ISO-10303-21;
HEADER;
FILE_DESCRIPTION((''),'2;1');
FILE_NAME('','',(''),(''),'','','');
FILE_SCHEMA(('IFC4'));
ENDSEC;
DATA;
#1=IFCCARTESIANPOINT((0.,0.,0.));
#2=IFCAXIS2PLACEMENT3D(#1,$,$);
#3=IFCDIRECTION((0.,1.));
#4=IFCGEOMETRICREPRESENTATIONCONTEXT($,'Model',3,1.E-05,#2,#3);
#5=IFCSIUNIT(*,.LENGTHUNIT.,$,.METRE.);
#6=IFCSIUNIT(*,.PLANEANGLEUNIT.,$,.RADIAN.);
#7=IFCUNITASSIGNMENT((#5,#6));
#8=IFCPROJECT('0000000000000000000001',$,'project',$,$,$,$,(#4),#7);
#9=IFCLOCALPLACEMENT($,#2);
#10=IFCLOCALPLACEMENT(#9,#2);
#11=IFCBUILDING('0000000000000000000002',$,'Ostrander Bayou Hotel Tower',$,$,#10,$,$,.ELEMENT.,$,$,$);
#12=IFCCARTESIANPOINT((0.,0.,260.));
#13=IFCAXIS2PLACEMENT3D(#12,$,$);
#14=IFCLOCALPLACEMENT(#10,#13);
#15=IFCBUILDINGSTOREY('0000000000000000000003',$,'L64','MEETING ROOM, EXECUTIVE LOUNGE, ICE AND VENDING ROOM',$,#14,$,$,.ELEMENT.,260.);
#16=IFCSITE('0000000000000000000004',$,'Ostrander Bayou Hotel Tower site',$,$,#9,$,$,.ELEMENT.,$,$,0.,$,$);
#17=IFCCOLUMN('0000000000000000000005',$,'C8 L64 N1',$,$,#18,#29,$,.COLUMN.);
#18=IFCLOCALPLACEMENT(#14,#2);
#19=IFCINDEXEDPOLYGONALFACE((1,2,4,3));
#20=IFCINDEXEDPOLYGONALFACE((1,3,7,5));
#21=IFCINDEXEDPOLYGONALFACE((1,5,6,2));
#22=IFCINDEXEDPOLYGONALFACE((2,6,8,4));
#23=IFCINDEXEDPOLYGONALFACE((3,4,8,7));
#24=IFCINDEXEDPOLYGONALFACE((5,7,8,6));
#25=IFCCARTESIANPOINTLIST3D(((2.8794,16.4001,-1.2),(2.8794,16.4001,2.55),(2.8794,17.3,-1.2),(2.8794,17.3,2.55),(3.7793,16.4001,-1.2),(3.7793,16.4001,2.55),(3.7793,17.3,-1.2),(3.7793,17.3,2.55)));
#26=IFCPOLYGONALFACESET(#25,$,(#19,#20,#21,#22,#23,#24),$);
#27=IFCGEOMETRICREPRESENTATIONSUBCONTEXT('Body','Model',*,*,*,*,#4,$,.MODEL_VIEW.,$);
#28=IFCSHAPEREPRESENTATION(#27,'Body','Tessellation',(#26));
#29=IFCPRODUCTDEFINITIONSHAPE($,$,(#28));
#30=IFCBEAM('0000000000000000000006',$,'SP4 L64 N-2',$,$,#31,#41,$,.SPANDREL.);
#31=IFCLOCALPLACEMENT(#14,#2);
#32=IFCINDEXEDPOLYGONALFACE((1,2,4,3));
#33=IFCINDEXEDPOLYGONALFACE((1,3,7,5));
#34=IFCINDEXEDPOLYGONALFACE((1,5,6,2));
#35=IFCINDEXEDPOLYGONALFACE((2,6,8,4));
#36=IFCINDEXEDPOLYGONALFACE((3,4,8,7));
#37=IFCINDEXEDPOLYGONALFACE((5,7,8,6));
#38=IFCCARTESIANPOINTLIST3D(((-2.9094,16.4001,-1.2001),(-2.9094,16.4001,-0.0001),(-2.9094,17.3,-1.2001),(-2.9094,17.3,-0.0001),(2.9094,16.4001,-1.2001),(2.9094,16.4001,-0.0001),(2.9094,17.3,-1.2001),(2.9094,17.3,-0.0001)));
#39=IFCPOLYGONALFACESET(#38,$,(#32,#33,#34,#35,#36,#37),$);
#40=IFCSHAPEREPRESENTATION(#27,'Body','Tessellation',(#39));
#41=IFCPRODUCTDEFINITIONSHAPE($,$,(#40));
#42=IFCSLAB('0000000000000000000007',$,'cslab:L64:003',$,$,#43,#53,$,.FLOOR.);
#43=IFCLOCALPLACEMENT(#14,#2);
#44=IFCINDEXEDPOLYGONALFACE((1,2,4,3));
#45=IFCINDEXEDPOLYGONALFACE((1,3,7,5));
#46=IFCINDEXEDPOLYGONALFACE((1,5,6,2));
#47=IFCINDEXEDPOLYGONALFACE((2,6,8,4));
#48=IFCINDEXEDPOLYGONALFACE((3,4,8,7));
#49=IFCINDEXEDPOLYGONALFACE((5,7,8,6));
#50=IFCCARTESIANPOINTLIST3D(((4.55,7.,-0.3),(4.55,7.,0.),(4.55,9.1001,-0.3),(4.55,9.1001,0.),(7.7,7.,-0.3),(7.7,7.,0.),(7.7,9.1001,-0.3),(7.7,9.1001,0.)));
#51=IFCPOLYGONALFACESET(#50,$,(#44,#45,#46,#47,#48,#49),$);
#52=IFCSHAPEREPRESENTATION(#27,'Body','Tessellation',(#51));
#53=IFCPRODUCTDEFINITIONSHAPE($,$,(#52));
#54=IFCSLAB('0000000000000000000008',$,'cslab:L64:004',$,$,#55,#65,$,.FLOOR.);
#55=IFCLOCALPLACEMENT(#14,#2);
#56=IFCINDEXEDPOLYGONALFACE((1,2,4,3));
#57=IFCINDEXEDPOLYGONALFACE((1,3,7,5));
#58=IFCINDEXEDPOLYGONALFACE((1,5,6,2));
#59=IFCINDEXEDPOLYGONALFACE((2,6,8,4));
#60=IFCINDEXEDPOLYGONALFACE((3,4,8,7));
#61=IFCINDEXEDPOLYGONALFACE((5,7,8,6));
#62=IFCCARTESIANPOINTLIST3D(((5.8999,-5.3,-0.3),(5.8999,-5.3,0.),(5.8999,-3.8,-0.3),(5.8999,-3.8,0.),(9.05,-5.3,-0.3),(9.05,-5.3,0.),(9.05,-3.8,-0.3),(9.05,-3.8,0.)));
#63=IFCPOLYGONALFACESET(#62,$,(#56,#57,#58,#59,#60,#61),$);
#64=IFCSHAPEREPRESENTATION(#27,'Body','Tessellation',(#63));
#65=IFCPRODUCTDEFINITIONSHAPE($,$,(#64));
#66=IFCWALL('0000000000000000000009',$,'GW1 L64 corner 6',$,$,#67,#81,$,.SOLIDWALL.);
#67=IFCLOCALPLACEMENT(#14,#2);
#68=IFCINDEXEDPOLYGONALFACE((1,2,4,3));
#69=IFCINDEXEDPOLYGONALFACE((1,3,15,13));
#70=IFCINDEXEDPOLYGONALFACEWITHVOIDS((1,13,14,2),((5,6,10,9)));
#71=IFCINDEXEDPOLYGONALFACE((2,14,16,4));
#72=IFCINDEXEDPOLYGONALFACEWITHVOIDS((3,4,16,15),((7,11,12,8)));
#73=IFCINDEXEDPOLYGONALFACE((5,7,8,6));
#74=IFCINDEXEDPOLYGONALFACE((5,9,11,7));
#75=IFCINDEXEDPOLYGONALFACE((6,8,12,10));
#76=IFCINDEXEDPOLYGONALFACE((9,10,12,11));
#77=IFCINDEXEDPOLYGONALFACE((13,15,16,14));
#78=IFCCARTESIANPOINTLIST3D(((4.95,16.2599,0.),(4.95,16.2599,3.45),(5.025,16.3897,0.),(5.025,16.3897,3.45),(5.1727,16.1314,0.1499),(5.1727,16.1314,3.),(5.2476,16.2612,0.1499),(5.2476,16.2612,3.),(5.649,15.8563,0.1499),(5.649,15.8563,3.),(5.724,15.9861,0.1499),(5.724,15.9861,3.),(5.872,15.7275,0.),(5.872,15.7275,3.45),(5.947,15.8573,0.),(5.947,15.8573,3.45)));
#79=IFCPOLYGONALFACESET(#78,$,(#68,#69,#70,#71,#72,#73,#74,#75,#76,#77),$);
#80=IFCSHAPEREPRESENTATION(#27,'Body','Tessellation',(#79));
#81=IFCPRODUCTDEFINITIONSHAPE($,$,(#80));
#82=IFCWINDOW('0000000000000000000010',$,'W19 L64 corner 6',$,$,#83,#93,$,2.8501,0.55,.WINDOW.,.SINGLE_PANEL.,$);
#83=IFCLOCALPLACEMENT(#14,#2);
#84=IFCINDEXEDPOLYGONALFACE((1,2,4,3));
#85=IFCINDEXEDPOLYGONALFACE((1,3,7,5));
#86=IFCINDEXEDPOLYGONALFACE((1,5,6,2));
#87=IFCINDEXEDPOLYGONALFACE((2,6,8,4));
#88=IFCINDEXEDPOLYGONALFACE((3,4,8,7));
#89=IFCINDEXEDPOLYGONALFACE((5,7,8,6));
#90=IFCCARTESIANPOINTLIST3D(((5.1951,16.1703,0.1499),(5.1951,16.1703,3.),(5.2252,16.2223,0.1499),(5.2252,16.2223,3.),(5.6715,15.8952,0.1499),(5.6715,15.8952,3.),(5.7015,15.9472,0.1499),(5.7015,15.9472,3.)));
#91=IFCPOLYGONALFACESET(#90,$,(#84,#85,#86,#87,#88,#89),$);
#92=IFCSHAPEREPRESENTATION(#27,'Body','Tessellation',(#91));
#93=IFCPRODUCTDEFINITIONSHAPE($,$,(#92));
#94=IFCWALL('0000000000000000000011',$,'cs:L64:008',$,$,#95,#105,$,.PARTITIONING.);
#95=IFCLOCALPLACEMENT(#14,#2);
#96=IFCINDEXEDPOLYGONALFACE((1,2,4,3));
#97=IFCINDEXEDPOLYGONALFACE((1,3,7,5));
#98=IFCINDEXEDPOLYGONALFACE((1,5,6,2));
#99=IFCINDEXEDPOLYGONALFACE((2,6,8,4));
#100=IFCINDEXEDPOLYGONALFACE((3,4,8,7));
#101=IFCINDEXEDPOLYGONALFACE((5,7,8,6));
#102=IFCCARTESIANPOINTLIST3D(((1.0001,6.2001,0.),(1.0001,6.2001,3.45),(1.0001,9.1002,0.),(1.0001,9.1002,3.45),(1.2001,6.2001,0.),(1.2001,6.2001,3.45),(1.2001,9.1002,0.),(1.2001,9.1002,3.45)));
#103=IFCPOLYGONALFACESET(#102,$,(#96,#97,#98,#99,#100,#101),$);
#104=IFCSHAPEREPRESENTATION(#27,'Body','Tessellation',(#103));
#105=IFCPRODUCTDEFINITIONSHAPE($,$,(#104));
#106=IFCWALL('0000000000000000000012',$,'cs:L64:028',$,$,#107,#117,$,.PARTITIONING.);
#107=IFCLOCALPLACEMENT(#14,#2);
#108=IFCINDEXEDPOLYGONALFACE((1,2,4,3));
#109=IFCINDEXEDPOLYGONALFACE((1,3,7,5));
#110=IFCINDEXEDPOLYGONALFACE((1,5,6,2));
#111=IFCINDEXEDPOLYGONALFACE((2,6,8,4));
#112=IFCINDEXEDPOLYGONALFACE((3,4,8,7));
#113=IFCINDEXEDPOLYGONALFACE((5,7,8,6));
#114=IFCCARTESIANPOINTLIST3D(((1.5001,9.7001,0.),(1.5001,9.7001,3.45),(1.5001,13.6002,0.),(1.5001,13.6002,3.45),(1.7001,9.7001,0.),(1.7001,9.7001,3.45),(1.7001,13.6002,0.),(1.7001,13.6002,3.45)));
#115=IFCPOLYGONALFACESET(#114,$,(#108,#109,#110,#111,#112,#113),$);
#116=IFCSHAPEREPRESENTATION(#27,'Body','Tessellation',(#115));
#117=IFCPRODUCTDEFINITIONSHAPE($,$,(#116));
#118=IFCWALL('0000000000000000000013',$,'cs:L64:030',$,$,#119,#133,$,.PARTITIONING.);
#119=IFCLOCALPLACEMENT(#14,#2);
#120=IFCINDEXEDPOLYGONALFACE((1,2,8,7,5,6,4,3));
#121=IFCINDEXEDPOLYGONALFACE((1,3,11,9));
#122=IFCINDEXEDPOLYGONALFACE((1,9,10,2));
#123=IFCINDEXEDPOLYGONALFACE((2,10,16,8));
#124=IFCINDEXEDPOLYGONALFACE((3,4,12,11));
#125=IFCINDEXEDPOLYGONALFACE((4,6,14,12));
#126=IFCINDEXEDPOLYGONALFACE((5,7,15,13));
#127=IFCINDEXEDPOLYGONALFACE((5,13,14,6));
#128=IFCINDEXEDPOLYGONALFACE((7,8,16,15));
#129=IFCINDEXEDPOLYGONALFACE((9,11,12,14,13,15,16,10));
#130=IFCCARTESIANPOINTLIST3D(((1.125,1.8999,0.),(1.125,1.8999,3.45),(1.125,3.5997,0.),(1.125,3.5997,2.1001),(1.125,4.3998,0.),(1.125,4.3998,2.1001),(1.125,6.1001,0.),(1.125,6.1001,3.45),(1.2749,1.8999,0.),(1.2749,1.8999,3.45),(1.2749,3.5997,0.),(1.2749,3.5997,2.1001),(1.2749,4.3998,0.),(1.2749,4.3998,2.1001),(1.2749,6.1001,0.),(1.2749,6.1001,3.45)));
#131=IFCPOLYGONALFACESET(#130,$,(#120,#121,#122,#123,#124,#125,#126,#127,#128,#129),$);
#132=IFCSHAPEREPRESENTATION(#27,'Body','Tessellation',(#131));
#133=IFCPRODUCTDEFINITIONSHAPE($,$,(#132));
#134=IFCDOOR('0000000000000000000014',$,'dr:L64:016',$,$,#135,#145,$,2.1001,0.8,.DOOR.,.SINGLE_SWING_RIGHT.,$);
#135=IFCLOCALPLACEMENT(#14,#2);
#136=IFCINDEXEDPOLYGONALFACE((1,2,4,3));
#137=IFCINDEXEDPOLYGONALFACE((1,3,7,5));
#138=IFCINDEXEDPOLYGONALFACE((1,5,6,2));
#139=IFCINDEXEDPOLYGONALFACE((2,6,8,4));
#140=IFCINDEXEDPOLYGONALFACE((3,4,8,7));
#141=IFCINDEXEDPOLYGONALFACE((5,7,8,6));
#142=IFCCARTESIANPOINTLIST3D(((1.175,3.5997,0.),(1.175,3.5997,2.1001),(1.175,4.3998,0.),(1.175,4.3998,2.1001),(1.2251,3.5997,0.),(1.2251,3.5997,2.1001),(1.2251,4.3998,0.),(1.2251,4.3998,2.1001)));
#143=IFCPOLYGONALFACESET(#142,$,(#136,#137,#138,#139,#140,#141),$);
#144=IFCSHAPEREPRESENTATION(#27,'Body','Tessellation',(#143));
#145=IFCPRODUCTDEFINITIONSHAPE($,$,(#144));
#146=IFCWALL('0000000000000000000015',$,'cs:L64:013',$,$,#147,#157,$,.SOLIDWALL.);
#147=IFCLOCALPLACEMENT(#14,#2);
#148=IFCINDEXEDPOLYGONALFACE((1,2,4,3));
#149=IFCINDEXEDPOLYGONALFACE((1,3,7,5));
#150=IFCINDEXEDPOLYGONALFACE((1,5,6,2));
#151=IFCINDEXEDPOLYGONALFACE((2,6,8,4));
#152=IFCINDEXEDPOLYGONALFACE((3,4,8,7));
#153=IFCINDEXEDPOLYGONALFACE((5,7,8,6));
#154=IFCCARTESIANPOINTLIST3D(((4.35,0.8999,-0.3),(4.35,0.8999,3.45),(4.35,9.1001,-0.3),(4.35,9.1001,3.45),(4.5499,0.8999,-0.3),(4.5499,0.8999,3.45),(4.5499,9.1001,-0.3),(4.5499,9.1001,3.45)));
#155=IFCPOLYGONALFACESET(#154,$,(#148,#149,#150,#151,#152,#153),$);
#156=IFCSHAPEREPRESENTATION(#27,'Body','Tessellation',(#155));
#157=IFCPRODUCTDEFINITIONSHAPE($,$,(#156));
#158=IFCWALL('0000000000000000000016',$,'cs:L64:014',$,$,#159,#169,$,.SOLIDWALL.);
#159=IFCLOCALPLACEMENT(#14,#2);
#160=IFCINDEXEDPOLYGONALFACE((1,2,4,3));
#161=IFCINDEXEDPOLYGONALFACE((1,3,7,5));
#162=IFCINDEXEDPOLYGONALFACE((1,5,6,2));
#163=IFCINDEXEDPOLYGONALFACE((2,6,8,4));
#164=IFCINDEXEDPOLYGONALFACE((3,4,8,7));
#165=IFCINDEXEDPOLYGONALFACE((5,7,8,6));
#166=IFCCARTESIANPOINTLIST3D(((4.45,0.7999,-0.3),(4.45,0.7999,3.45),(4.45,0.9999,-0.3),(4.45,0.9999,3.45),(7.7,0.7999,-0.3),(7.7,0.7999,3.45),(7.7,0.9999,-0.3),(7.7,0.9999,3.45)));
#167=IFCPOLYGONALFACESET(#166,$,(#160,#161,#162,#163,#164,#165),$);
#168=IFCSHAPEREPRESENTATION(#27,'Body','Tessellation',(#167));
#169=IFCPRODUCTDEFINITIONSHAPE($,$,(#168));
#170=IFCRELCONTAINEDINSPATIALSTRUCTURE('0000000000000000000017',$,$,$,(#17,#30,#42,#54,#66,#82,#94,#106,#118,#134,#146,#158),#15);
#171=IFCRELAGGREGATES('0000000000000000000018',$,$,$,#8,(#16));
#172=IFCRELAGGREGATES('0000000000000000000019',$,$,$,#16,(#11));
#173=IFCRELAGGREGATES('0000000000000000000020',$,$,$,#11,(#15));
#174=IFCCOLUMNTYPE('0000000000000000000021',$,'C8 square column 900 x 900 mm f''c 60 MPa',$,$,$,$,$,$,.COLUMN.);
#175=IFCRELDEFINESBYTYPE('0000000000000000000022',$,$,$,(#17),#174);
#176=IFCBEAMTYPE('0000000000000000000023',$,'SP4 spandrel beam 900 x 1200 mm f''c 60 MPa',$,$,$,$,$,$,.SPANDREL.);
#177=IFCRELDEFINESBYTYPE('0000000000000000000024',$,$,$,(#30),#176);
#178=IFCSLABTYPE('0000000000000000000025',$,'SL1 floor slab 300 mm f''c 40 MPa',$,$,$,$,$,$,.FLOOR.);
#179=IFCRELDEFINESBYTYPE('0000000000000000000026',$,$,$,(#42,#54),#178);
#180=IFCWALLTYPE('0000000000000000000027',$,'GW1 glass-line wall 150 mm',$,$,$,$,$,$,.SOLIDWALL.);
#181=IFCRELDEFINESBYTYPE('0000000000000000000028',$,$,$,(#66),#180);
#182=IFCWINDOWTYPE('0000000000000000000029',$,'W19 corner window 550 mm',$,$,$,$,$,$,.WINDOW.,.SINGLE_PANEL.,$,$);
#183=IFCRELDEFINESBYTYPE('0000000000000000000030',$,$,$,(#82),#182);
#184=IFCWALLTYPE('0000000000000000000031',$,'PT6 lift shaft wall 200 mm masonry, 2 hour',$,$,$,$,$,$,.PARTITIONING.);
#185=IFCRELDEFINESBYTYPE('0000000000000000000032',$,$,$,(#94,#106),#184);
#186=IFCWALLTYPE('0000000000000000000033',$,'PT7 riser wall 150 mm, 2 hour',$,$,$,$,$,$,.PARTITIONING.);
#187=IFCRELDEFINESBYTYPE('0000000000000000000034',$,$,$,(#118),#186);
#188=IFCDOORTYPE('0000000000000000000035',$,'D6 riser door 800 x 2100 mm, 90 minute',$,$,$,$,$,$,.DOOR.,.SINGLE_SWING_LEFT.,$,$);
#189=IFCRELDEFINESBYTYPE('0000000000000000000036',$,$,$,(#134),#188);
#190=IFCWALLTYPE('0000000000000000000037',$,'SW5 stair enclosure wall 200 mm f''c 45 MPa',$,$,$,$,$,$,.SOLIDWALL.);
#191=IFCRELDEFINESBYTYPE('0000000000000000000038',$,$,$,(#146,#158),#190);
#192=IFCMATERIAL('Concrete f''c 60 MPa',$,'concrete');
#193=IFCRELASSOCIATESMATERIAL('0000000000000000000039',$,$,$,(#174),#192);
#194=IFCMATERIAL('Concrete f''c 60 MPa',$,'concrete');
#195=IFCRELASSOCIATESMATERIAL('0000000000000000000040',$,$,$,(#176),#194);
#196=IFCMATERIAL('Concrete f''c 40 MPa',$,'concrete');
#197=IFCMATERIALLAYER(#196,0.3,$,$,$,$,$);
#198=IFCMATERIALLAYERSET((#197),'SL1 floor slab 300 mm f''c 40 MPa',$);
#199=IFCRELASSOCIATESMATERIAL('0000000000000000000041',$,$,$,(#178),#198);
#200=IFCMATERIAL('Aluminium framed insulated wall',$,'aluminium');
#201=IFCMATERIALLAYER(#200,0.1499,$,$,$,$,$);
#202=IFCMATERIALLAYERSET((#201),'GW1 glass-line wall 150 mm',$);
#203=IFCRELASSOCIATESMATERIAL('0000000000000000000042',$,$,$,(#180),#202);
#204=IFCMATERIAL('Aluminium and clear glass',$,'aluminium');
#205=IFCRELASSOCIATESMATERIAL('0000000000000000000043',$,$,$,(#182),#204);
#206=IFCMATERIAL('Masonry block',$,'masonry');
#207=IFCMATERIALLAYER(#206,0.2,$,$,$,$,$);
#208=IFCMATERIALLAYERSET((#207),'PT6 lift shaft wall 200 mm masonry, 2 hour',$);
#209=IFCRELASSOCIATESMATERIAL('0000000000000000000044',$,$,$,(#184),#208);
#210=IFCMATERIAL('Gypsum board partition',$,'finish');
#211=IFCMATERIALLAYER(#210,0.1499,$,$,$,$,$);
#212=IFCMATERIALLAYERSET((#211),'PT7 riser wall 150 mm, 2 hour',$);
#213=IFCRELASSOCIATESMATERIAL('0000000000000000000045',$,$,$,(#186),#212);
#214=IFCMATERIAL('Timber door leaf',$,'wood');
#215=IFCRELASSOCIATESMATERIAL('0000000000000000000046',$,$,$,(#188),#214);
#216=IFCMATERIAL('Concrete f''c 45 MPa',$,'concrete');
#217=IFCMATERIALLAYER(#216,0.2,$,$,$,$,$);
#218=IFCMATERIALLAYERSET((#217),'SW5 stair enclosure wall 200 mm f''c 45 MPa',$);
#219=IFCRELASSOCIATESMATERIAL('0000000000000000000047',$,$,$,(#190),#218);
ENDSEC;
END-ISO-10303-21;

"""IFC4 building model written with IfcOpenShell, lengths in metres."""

from ifc_helpers import new_model, si_unit, direction, frame, frame_2d, origin, origin_2d, place, context, subcontext, project, spatial, polyline, rectangle, outline, extrude, material, layer, layer_set, material_profile, profile_set, type_object, element, fill, save


model = new_model("IFC4")

# Units and contexts
model_context = context("Model", 3, precision=1e-05, world=origin(), true_north=direction((0.0, 1.0)))
body_context = subcontext(model_context, "Body", "Model", "MODEL_VIEW")
ifc_project = project(units=[si_unit("LENGTHUNIT", "METRE"), si_unit("PLANEANGLEUNIT", "RADIAN")], contexts=[model_context])

# Site, building, storey
site_placement = place(None, origin())
site = spatial("IfcSite", under=ifc_project, at=site_placement, Name="Ostrander Bayou Hotel Tower site", CompositionType="ELEMENT", RefElevation=0.0)
building_placement = place(site_placement, origin())
building = spatial("IfcBuilding", under=site, at=building_placement, Name="Ostrander Bayou Hotel Tower", CompositionType="ELEMENT")
storey_placement = place(building_placement, frame((0.0, 0.0, 260.0)))
storey = spatial("IfcBuildingStorey", under=building, at=storey_placement, Name="L64", Description="MEETING ROOM, EXECUTIVE LOUNGE, ICE AND VENDING ROOM", CompositionType="ELEMENT", Elevation=260.0)

# Column
ifc_material_1 = material(Name="Concrete f'c 60 MPa", Category="concrete")
ifc_material_profile_1 = material_profile(ifc_material_1, rectangle(XDim=0.8999, YDim=0.8999, at=origin_2d()))
ifc_profile_set_1 = profile_set([ifc_material_profile_1], Name="Concrete f'c 60 MPa")
column_type = type_object("IfcColumnType", Name="C8 square column 900 x 900 mm f'c 60 MPa", PredefinedType="COLUMN", material=ifc_profile_set_1)
column_placement = place(storey_placement, frame((3.3293, 16.8501, -1.2), z_axis=(0.0, 0.0, 1.0), x_axis=(1.0, 0.0, 0.0)))
element("IfcColumn", 1, at=column_placement, inside=storey, type_object=column_type, Name="C8 L64 N1", PredefinedType="COLUMN", context=body_context, shape_type="SweptSolid", body=[
    extrude(rectangle(XDim=0.8999, YDim=0.8999, at=origin_2d()), origin(), (0.0, 0.0, 1.0), 3.75),
])

# Beam
ifc_material_2 = material(Name="Concrete f'c 60 MPa", Category="concrete")
ifc_material_profile_2 = material_profile(ifc_material_2, rectangle(XDim=0.8999, YDim=1.2, at=origin_2d()))
ifc_profile_set_2 = profile_set([ifc_material_profile_2], Name="Concrete f'c 60 MPa")
beam_type = type_object("IfcBeamType", Name="SP4 spandrel beam 900 x 1200 mm f'c 60 MPa", PredefinedType="SPANDREL", material=ifc_profile_set_2)
beam_placement = place(storey_placement, frame((2.9094, 16.8501, -0.6001), z_axis=(-1.0, 0.0, 0.0), x_axis=(0.0, -1.0, 0.0)))
element("IfcBeam", 2, at=beam_placement, inside=storey, type_object=beam_type, Name="SP4 L64 N-2", PredefinedType="SPANDREL", context=body_context, shape_type="SweptSolid", body=[
    extrude(rectangle(XDim=0.8999, YDim=1.2, at=origin_2d()), origin(), (0.0, 0.0, 1.0), 5.8188),
])

# Slabs
ifc_material_3 = material(Name="Concrete f'c 40 MPa", Category="concrete")
ifc_layer_1 = layer(ifc_material_3, 0.3)
ifc_layer_set_1 = layer_set([ifc_layer_1], Name="SL1 floor slab 300 mm f'c 40 MPa")
slab_type = type_object("IfcSlabType", Name="SL1 floor slab 300 mm f'c 40 MPa", PredefinedType="FLOOR", material=ifc_layer_set_1)
slab_1_placement = place(storey_placement, frame((0.0, 0.0, -0.3)))
element("IfcSlab", 3, at=slab_1_placement, inside=storey, type_object=slab_type, Name="cslab:L64:003", PredefinedType="FLOOR", context=body_context, shape_type="SweptSolid", body=[
    extrude(outline(polyline([(7.7, 7.0), (7.7, 9.1001), (4.55, 9.1001), (4.55, 7.0), (7.7, 7.0)])), origin(), (0.0, 0.0, 1.0), 0.3),
])
slab_2_placement = place(storey_placement, frame((0.0, 0.0, -0.3)))
element("IfcSlab", 4, at=slab_2_placement, inside=storey, type_object=slab_type, Name="cslab:L64:004", PredefinedType="FLOOR", context=body_context, shape_type="SweptSolid", body=[
    extrude(outline(polyline([(9.05, -5.3), (9.05, -3.8), (5.8999, -3.8), (5.8999, -5.3), (9.05, -5.3)])), origin(), (0.0, 0.0, 1.0), 0.3),
])

# Wall, opening, window
ifc_material_4 = material(Name="Aluminium framed insulated wall", Category="aluminium")
ifc_layer_2 = layer(ifc_material_4, 0.1499)
ifc_layer_set_2 = layer_set([ifc_layer_2], Name="GW1 glass-line wall 150 mm")
wall_type_1 = type_object("IfcWallType", Name="GW1 glass-line wall 150 mm", PredefinedType="SOLIDWALL", material=ifc_layer_set_2)
wall_1_placement = place(storey_placement, frame((5.9094, 15.7925, 0.0), z_axis=(0.0, 0.0, 1.0), x_axis=(-0.865991, 0.50006, 0.0)))
wall_1 = element("IfcWall", 5, at=wall_1_placement, inside=storey, type_object=wall_type_1, Name="GW1 L64 corner 6", PredefinedType="SOLIDWALL", context=body_context, shape_type="SweptSolid", body=[
    extrude(rectangle(XDim=1.0647, YDim=0.1499, at=frame_2d((0.5322, 0.0))), origin(), (0.0, 0.0, 1.0), 3.45),
])
opening_1_placement = place(wall_1_placement, frame((0.2576, 0.0, 0.1499)))
opening_1 = element("IfcOpeningElement", 6, at=opening_1_placement, cuts=wall_1, PredefinedType="OPENING", context=body_context, shape_type="SweptSolid", body=[
    extrude(rectangle(XDim=0.55, YDim=2.8501, at=frame_2d((0.2749, 1.425))), frame((0.0, 0.075, 0.0), z_axis=(0.0, -1.0, 0.0), x_axis=(1.0, 0.0, 0.0)), (0.0, 0.0, 1.0), 0.1499),
])
ifc_material_5 = material(Name="Aluminium and clear glass", Category="aluminium")
window_type_1 = type_object("IfcWindowType", Name="W19 corner window 550 mm", PartitioningType="SINGLE_PANEL", PredefinedType="WINDOW", material=ifc_material_5)
window_1_placement = place(opening_1_placement, origin())
window_1 = element("IfcWindow", 7, at=window_1_placement, inside=storey, type_object=window_type_1, Name="W19 L64 corner 6", OverallHeight=2.8501, OverallWidth=0.55, PartitioningType="SINGLE_PANEL", PredefinedType="WINDOW", context=body_context, shape_type="SweptSolid", body=[
    extrude(rectangle(XDim=0.55, YDim=2.8501, at=frame_2d((0.2749, 1.425))), frame((0.0, 0.03, 0.0), z_axis=(0.0, -1.0, 0.0), x_axis=(1.0, 0.0, 0.0)), (0.0, 0.0, 1.0), 0.0601),
])
fill(opening_1, window_1)

# Shared definitions
ifc_material_6 = material(Name="Masonry block", Category="masonry")
ifc_layer_3 = layer(ifc_material_6, 0.2)
ifc_layer_set_3 = layer_set([ifc_layer_3], Name="PT6 lift shaft wall 200 mm masonry, 2 hour")
wall_type_2 = type_object("IfcWallType", Name="PT6 lift shaft wall 200 mm masonry, 2 hour", PredefinedType="PARTITIONING", material=ifc_layer_set_3)

# Walls
wall_2_placement = place(storey_placement, frame((1.1001, 6.2, 0.0), z_axis=(0.0, 0.0, 1.0), x_axis=(0.0, 1.0, 0.0)))
element("IfcWall", 8, at=wall_2_placement, inside=storey, type_object=wall_type_2, Name="cs:L64:008", PredefinedType="PARTITIONING", context=body_context, shape_type="SweptSolid", body=[
    extrude(rectangle(XDim=2.9001, YDim=0.2, at=frame_2d((1.4502, 0.0))), origin(), (0.0, 0.0, 1.0), 3.45),
])
wall_3_placement = place(storey_placement, frame((1.6001, 9.7, 0.0), z_axis=(0.0, 0.0, 1.0), x_axis=(0.0, 1.0, 0.0)))
element("IfcWall", 9, at=wall_3_placement, inside=storey, type_object=wall_type_2, Name="cs:L64:028", PredefinedType="PARTITIONING", context=body_context, shape_type="SweptSolid", body=[
    extrude(rectangle(XDim=3.9001, YDim=0.2, at=frame_2d((1.9502, 0.0))), origin(), (0.0, 0.0, 1.0), 3.45),
])

# Wall, opening, door
ifc_material_7 = material(Name="Gypsum board partition", Category="finish")
ifc_layer_4 = layer(ifc_material_7, 0.1499)
ifc_layer_set_4 = layer_set([ifc_layer_4], Name="PT7 riser wall 150 mm, 2 hour")
wall_type_3 = type_object("IfcWallType", Name="PT7 riser wall 150 mm, 2 hour", PredefinedType="PARTITIONING", material=ifc_layer_set_4)
wall_4_placement = place(storey_placement, frame((1.2, 1.8999, 0.0), z_axis=(0.0, 0.0, 1.0), x_axis=(0.0, 1.0, 0.0)))
wall_4 = element("IfcWall", 10, at=wall_4_placement, inside=storey, type_object=wall_type_3, Name="cs:L64:030", PredefinedType="PARTITIONING", context=body_context, shape_type="SweptSolid", body=[
    extrude(rectangle(XDim=4.2002, YDim=0.1499, at=frame_2d((2.1001, 0.0))), origin(), (0.0, 0.0, 1.0), 3.45),
])
opening_2_placement = place(wall_4_placement, frame((1.7, 0.0, 0.0)))
opening_2 = element("IfcOpeningElement", 11, at=opening_2_placement, cuts=wall_4, PredefinedType="OPENING", context=body_context, shape_type="SweptSolid", body=[
    extrude(rectangle(XDim=0.8, YDim=2.1001, at=frame_2d((0.3999, 1.05))), frame((0.0, 0.075, 0.0), z_axis=(0.0, -1.0, 0.0), x_axis=(1.0, 0.0, 0.0)), (0.0, 0.0, 1.0), 0.1499),
])
ifc_material_8 = material(Name="Timber door leaf", Category="wood")
door_type_1 = type_object("IfcDoorType", Name="D6 riser door 800 x 2100 mm, 90 minute", OperationType="SINGLE_SWING_LEFT", PredefinedType="DOOR", material=ifc_material_8)
door_1_placement = place(opening_2_placement, origin())
door_1 = element("IfcDoor", 12, at=door_1_placement, inside=storey, type_object=door_type_1, Name="dr:L64:016", OperationType="SINGLE_SWING_RIGHT", OverallHeight=2.1001, OverallWidth=0.8, PredefinedType="DOOR", context=body_context, shape_type="SweptSolid", body=[
    extrude(rectangle(XDim=0.8, YDim=2.1001, at=frame_2d((0.3999, 1.05))), frame((0.0, 0.0249, 0.0), z_axis=(0.0, -1.0, 0.0), x_axis=(1.0, 0.0, 0.0)), (0.0, 0.0, 1.0), 0.05),
])
fill(opening_2, door_1)

# Walls
ifc_material_9 = material(Name="Concrete f'c 45 MPa", Category="concrete")
ifc_layer_5 = layer(ifc_material_9, 0.2)
ifc_layer_set_5 = layer_set([ifc_layer_5], Name="SW5 stair enclosure wall 200 mm f'c 45 MPa")
wall_type_4 = type_object("IfcWallType", Name="SW5 stair enclosure wall 200 mm f'c 45 MPa", PredefinedType="SOLIDWALL", material=ifc_layer_set_5)
wall_5_placement = place(storey_placement, frame((4.45, 0.8999, -0.3), z_axis=(0.0, 0.0, 1.0), x_axis=(0.0, 1.0, 0.0)))
element("IfcWall", 13, at=wall_5_placement, inside=storey, type_object=wall_type_4, Name="cs:L64:013", PredefinedType="SOLIDWALL", context=body_context, shape_type="SweptSolid", body=[
    extrude(rectangle(XDim=8.2002, YDim=0.2, at=frame_2d((4.1001, 0.0))), origin(), (0.0, 0.0, 1.0), 3.75),
])
wall_6_placement = place(storey_placement, frame((4.45, 0.8999, -0.3), z_axis=(0.0, 0.0, 1.0), x_axis=(1.0, 0.0, 0.0)))
element("IfcWall", 14, at=wall_6_placement, inside=storey, type_object=wall_type_4, Name="cs:L64:014", PredefinedType="SOLIDWALL", context=body_context, shape_type="SweptSolid", body=[
    extrude(rectangle(XDim=3.25, YDim=0.2, at=frame_2d((1.625, 0.0))), origin(), (0.0, 0.0, 1.0), 3.75),
])

save(model, "model.ifc")
